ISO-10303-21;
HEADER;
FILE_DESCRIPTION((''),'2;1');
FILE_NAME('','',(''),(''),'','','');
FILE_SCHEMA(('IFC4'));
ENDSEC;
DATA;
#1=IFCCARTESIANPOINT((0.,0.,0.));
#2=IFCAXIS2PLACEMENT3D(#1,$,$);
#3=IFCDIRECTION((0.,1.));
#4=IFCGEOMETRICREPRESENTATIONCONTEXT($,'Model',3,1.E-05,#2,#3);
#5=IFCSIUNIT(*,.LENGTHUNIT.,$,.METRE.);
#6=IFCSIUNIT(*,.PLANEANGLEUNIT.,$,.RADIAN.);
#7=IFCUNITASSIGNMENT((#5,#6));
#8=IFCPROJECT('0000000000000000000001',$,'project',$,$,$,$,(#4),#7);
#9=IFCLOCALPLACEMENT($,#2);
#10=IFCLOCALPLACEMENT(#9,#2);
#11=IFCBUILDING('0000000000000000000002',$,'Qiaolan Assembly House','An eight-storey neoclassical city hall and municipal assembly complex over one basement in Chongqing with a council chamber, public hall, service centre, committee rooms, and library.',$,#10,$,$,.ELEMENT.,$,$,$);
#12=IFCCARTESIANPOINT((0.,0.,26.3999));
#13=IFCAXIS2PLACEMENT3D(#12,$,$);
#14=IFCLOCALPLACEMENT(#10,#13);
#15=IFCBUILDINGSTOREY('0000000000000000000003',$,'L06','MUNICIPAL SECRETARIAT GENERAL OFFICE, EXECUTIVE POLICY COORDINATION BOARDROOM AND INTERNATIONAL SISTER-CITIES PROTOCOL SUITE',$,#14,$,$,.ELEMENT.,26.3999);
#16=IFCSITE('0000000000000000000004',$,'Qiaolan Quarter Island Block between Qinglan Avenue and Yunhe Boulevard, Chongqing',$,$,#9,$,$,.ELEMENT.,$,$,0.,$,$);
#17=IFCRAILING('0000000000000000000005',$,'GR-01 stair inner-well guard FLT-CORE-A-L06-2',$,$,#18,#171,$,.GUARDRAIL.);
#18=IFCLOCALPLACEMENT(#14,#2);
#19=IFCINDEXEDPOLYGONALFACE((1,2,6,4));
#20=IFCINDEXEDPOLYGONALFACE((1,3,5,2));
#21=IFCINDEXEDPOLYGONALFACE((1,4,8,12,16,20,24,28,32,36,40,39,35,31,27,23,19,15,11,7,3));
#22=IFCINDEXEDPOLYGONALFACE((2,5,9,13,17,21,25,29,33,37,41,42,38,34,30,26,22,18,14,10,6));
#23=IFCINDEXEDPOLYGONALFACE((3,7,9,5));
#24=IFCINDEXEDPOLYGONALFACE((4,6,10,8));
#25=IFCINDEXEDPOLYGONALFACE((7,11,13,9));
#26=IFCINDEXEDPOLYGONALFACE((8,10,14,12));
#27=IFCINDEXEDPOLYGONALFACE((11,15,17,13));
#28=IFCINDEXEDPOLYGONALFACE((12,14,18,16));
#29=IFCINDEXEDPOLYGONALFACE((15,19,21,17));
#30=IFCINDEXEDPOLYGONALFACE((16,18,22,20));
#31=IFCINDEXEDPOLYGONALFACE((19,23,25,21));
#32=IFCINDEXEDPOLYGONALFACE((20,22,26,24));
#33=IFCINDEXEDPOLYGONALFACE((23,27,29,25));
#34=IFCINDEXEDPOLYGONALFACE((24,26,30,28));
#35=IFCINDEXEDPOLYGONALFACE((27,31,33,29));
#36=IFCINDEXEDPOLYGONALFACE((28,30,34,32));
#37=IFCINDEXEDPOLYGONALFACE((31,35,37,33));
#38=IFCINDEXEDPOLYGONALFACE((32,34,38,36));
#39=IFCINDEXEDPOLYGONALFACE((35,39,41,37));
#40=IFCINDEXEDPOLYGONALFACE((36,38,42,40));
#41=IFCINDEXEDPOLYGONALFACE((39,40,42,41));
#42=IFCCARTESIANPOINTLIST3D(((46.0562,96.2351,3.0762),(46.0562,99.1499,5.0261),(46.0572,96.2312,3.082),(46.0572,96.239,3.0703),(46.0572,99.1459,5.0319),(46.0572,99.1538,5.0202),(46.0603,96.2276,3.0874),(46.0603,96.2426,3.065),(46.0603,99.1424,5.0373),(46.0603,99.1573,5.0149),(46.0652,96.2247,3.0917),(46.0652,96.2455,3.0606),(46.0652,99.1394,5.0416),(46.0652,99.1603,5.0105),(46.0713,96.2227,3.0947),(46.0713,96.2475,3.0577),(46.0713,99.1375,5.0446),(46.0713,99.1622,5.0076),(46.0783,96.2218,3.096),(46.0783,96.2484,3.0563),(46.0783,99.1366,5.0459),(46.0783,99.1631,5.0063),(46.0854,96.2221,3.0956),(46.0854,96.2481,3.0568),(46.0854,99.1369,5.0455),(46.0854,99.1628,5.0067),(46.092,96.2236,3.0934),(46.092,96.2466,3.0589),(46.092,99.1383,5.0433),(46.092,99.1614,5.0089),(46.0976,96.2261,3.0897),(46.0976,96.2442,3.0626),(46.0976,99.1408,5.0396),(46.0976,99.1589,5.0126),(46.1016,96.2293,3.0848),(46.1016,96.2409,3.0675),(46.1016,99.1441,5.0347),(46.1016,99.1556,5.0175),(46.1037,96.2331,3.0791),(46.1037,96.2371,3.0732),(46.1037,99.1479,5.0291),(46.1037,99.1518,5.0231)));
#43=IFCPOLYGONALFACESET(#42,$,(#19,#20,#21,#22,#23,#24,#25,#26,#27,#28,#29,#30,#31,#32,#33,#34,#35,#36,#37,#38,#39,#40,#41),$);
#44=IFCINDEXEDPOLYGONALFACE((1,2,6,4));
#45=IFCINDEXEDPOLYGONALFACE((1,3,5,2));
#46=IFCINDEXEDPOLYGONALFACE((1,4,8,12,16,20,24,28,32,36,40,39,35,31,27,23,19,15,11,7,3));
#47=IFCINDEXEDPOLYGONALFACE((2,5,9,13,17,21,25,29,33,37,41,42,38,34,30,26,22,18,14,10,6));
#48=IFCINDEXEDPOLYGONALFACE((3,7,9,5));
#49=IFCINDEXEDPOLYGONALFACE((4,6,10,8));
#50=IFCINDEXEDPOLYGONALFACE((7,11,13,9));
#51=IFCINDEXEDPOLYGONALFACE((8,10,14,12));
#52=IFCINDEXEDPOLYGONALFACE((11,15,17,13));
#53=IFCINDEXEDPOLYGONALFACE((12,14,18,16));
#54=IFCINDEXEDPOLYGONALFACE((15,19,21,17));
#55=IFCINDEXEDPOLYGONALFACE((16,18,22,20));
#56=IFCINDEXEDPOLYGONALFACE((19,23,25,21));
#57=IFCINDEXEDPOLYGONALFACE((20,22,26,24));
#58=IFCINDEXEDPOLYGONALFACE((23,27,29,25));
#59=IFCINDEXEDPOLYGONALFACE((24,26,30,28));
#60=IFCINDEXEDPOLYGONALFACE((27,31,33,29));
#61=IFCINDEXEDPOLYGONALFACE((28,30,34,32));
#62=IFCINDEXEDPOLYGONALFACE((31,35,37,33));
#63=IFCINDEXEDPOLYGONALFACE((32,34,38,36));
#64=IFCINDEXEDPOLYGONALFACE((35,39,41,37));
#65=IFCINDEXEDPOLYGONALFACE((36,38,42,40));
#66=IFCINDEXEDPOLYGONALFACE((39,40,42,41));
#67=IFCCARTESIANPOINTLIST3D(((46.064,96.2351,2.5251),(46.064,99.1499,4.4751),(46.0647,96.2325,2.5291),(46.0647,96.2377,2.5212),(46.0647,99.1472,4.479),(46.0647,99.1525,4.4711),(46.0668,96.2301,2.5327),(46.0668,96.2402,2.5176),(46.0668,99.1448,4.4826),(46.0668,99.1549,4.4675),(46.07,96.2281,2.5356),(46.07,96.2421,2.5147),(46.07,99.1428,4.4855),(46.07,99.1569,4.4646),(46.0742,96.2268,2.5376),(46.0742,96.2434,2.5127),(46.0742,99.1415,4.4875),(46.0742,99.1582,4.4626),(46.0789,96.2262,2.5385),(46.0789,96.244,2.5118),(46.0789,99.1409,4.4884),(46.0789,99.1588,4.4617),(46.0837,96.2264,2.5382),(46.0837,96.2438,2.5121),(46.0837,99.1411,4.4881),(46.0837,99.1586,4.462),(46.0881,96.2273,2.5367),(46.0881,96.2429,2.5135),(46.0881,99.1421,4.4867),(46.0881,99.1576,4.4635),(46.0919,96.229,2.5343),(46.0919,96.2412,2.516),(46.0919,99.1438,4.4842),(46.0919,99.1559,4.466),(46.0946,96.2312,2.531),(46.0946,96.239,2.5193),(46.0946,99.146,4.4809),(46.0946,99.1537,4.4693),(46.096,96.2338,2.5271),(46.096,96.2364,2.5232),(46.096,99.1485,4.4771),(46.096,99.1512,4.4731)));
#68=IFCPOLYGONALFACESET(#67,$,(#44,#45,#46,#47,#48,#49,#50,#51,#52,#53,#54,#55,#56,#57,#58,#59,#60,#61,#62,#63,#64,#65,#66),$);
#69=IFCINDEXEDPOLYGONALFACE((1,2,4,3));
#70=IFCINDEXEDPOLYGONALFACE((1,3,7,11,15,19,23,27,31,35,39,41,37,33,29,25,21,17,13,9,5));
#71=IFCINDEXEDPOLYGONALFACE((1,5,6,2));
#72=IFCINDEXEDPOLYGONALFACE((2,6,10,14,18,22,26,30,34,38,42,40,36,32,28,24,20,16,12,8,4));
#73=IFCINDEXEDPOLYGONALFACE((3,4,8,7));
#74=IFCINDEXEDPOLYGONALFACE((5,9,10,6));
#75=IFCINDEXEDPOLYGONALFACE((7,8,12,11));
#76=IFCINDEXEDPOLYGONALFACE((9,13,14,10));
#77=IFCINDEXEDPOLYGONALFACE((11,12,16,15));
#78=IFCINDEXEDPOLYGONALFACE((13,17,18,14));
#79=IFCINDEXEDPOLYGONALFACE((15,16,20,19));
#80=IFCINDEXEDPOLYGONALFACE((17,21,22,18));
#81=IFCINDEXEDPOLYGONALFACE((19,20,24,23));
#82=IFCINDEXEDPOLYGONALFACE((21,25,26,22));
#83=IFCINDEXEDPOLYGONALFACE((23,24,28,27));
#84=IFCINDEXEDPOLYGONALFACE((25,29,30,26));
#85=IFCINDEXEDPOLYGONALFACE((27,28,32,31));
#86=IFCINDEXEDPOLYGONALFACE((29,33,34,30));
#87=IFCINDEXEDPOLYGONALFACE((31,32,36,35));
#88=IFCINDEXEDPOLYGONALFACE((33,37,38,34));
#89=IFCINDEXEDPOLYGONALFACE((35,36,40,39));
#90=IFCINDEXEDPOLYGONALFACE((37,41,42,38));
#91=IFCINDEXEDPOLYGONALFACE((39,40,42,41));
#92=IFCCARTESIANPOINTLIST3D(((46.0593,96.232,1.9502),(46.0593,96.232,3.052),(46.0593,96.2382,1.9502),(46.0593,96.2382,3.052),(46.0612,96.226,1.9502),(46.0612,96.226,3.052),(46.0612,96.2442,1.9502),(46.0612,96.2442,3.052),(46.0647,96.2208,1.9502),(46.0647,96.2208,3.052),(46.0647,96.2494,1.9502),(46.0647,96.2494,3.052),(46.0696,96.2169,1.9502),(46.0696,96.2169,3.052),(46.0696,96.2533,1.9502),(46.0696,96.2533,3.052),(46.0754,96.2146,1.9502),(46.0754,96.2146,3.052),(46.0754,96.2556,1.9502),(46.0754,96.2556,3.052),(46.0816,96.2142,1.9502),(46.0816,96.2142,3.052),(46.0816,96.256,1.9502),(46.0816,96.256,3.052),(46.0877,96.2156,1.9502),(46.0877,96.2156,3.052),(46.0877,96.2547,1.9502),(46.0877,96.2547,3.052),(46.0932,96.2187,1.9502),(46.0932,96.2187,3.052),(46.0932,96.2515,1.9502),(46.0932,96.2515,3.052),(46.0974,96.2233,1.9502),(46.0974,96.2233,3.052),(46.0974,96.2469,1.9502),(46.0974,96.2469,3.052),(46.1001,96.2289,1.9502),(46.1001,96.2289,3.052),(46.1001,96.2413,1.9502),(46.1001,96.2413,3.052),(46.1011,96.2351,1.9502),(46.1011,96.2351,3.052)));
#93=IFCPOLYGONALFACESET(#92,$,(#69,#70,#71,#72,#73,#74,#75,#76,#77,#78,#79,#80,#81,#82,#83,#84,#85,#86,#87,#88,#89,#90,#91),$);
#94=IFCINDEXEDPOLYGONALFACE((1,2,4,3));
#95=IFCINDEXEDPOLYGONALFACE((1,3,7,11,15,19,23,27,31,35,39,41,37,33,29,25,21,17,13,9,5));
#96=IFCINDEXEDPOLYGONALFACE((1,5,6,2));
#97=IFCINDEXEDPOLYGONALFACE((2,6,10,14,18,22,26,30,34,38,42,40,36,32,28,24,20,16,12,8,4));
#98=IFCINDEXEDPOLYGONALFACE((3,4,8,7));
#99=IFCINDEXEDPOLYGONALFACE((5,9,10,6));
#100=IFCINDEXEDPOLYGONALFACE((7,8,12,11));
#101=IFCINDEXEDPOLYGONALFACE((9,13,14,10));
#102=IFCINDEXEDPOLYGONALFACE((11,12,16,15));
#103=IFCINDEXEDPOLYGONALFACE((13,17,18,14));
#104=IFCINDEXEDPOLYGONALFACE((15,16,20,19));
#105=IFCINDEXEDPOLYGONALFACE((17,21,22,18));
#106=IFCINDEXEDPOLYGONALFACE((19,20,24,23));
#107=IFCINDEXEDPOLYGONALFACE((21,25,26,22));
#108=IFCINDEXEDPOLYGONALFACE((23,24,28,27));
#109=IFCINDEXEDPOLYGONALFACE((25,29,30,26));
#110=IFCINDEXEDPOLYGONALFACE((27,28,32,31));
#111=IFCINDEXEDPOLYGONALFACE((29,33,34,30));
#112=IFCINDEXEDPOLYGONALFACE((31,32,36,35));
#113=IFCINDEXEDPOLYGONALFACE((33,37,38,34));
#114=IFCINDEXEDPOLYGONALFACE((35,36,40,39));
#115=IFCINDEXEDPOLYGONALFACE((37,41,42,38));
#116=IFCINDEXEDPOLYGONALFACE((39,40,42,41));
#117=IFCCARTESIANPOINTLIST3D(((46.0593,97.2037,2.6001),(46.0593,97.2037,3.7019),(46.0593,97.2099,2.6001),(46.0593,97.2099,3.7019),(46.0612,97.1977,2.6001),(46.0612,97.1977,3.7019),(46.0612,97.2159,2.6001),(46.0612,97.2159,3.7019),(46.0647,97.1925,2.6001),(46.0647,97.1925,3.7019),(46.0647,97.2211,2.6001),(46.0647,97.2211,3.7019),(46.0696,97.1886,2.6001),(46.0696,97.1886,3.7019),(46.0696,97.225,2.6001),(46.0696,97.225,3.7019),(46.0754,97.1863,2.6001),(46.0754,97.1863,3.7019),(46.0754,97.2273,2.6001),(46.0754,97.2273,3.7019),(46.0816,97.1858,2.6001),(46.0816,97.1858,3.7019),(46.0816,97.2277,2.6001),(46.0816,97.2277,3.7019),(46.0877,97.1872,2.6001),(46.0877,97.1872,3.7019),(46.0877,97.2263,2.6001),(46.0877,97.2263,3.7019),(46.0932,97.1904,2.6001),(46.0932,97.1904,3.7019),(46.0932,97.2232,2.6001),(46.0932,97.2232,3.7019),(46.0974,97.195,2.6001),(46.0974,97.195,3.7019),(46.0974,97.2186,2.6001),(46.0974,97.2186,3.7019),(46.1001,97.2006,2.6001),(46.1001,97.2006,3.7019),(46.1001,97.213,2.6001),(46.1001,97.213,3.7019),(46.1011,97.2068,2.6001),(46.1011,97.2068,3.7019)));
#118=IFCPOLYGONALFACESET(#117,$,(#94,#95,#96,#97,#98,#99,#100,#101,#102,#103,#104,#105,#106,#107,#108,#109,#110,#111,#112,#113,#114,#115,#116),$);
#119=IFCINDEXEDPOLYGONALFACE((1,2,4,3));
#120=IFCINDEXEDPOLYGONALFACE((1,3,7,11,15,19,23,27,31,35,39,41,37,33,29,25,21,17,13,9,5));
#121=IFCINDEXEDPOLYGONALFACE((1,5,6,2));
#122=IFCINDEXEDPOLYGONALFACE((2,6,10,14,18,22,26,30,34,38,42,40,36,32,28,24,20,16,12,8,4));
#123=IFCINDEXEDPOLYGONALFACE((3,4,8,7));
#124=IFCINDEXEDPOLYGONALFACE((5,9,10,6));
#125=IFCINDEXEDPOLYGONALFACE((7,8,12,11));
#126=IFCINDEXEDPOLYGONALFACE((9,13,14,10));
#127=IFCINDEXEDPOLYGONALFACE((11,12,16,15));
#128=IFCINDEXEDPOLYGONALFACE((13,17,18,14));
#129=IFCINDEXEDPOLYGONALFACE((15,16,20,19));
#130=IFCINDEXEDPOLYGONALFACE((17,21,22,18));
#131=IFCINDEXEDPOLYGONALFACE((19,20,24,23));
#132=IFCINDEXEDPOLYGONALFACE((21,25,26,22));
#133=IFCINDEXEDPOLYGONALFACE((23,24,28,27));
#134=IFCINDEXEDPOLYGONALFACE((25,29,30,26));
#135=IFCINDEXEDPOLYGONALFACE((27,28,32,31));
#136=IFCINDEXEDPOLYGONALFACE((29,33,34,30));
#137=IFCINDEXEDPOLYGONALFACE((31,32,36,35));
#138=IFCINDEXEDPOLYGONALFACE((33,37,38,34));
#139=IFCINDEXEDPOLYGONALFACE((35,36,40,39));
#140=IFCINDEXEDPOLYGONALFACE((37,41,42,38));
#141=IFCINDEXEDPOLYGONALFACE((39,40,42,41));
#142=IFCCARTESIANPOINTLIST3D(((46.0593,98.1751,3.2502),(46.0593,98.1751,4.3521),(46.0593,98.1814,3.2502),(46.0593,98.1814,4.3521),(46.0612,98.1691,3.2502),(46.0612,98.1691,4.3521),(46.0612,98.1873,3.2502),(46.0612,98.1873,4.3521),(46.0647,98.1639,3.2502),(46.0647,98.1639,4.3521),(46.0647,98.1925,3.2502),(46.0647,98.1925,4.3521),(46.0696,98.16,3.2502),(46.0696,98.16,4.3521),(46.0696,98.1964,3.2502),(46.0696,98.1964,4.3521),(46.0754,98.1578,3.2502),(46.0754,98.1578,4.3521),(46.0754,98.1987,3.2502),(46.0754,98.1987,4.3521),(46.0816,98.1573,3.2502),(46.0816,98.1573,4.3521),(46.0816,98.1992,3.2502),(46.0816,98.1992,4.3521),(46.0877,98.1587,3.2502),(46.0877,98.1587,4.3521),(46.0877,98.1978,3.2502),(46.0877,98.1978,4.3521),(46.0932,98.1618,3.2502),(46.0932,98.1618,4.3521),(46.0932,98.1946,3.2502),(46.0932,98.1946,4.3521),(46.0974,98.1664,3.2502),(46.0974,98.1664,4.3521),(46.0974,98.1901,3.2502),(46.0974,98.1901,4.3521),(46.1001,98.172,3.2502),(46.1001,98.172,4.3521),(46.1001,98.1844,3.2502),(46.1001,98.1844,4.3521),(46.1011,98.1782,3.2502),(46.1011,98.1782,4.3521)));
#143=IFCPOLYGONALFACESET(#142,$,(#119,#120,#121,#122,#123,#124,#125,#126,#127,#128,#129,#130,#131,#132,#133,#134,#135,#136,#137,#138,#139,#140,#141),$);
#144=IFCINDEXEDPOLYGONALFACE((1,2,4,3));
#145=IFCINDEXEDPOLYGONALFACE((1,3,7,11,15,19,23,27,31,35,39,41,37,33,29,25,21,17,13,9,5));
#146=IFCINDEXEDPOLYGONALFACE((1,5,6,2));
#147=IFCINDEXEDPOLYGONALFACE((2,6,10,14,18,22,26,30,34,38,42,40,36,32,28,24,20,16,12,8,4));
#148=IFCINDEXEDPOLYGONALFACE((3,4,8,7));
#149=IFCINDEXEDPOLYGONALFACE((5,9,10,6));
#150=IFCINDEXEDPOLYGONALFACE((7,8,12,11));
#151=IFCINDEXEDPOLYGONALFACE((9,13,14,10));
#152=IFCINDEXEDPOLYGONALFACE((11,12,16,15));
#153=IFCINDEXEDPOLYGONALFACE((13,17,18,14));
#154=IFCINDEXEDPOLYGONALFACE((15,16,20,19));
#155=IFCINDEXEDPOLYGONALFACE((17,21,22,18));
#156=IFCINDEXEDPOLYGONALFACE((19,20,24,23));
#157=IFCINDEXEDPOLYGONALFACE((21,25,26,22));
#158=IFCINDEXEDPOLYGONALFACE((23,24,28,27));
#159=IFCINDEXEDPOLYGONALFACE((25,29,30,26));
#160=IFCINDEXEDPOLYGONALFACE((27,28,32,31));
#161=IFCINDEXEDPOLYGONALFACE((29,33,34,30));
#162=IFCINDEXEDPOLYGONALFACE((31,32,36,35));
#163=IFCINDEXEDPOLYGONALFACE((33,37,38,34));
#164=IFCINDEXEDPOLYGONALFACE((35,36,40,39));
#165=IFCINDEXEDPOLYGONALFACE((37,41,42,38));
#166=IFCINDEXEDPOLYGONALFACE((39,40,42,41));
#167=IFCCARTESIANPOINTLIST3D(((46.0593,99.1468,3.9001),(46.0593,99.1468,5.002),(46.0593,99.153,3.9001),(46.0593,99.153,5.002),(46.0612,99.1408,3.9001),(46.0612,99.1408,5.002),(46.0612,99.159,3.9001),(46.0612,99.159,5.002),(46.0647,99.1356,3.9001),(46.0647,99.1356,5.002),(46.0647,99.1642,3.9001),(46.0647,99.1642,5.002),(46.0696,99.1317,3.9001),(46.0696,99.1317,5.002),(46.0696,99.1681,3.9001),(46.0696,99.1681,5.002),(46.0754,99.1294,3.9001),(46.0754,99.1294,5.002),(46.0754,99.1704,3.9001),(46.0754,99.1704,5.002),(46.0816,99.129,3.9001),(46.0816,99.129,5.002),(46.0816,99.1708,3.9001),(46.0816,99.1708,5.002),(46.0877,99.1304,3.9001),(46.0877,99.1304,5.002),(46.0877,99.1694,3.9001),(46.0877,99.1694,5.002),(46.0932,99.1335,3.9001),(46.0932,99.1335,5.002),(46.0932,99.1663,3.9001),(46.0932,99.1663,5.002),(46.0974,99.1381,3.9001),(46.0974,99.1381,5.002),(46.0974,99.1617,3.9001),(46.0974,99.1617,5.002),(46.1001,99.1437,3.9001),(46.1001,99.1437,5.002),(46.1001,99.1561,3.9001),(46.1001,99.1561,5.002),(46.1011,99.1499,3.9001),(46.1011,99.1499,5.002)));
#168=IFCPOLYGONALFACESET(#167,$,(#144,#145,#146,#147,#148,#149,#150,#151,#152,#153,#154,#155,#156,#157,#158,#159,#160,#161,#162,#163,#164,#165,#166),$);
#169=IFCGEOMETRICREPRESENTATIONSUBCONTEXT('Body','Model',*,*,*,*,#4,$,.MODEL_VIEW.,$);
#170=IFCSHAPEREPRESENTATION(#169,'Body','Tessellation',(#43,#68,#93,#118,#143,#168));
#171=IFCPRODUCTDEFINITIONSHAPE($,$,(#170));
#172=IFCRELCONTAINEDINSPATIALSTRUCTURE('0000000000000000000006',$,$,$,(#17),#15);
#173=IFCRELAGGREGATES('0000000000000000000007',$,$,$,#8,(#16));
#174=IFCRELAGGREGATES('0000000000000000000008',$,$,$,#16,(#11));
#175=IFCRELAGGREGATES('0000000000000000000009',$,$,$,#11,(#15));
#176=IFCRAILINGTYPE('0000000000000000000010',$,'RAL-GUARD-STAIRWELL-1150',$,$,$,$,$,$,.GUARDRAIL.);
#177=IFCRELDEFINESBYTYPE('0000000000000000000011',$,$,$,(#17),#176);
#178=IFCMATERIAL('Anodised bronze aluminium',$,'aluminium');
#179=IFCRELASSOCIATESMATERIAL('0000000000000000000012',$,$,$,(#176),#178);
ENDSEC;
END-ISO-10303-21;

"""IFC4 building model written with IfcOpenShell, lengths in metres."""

from ifc_helpers import new_model, si_unit, direction, frame, origin, origin_2d, place, context, subcontext, project, spatial, circle, extrude, material, type_object, element, save


model = new_model("IFC4")

# Units and contexts
model_context = context("Model", 3, precision=1e-05, world=origin(), true_north=direction((0.0, 1.0)))
body_context = subcontext(model_context, "Body", "Model", "MODEL_VIEW")
ifc_project = project(units=[si_unit("LENGTHUNIT", "METRE"), si_unit("PLANEANGLEUNIT", "RADIAN")], contexts=[model_context])

# Site, building, storey
site_placement = place(None, origin())
site = spatial("IfcSite", under=ifc_project, at=site_placement, Name="Qiaolan Quarter Island Block between Qinglan Avenue and Yunhe Boulevard, Chongqing", CompositionType="ELEMENT", RefElevation=0.0)
building_placement = place(site_placement, origin())
building = spatial("IfcBuilding", under=site, at=building_placement, Name="Qiaolan Assembly House", Description="An eight-storey neoclassical city hall and municipal assembly complex over one basement in Chongqing with a council chamber, public hall, service centre, committee rooms, and library.", CompositionType="ELEMENT")
storey_placement = place(building_placement, frame((0.0, 0.0, 26.3999)))
storey = spatial("IfcBuildingStorey", under=building, at=storey_placement, Name="L06", Description="MUNICIPAL SECRETARIAT GENERAL OFFICE, EXECUTIVE POLICY COORDINATION BOARDROOM AND INTERNATIONAL SISTER-CITIES PROTOCOL SUITE", CompositionType="ELEMENT", Elevation=26.3999)

# Railing
ifc_material_1 = material(Name="Anodised bronze aluminium", Category="aluminium")
railing_type_1 = type_object("IfcRailingType", Name="RAL-GUARD-STAIRWELL-1150", PredefinedType="GUARDRAIL", material=ifc_material_1)
railing_1_placement = place(storey_placement, frame((46.0801, 96.2351, 1.9502)))
element("IfcRailing", 1, at=railing_1_placement, inside=storey, type_object=railing_type_1, Name="GR-01 stair inner-well guard FLT-CORE-A-L06-2", PredefinedType="GUARDRAIL", context=body_context, shape_type="SweptSolid", body=[
    extrude(circle(Radius=0.0239, at=origin_2d()), frame((0.0, 0.0, 1.126), z_axis=(0.0, 0.83116, 0.556033), x_axis=(-1.0, 0.0, 0.0)), (0.0, 0.0, 1.0), 3.5068),
    extrude(circle(Radius=0.0161, at=origin_2d()), frame((0.0, 0.0, 0.575), z_axis=(0.0, 0.83116, 0.556033), x_axis=(-1.0, 0.0, 0.0)), (0.0, 0.0, 1.0), 3.5068),
    extrude(circle(Radius=0.021, at=origin_2d()), origin(), (0.0, 0.0, 1.0), 1.1018),
    extrude(circle(Radius=0.021, at=origin_2d()), frame((0.0, 0.9717, 0.6499)), (0.0, 0.0, 1.0), 1.1018),
    extrude(circle(Radius=0.021, at=origin_2d()), frame((0.0, 1.9431, 1.3)), (0.0, 0.0, 1.0), 1.1018),
    extrude(circle(Radius=0.021, at=origin_2d()), frame((0.0, 2.9148, 1.95)), (0.0, 0.0, 1.0), 1.1018),
])

save(model, "model.ifc")
